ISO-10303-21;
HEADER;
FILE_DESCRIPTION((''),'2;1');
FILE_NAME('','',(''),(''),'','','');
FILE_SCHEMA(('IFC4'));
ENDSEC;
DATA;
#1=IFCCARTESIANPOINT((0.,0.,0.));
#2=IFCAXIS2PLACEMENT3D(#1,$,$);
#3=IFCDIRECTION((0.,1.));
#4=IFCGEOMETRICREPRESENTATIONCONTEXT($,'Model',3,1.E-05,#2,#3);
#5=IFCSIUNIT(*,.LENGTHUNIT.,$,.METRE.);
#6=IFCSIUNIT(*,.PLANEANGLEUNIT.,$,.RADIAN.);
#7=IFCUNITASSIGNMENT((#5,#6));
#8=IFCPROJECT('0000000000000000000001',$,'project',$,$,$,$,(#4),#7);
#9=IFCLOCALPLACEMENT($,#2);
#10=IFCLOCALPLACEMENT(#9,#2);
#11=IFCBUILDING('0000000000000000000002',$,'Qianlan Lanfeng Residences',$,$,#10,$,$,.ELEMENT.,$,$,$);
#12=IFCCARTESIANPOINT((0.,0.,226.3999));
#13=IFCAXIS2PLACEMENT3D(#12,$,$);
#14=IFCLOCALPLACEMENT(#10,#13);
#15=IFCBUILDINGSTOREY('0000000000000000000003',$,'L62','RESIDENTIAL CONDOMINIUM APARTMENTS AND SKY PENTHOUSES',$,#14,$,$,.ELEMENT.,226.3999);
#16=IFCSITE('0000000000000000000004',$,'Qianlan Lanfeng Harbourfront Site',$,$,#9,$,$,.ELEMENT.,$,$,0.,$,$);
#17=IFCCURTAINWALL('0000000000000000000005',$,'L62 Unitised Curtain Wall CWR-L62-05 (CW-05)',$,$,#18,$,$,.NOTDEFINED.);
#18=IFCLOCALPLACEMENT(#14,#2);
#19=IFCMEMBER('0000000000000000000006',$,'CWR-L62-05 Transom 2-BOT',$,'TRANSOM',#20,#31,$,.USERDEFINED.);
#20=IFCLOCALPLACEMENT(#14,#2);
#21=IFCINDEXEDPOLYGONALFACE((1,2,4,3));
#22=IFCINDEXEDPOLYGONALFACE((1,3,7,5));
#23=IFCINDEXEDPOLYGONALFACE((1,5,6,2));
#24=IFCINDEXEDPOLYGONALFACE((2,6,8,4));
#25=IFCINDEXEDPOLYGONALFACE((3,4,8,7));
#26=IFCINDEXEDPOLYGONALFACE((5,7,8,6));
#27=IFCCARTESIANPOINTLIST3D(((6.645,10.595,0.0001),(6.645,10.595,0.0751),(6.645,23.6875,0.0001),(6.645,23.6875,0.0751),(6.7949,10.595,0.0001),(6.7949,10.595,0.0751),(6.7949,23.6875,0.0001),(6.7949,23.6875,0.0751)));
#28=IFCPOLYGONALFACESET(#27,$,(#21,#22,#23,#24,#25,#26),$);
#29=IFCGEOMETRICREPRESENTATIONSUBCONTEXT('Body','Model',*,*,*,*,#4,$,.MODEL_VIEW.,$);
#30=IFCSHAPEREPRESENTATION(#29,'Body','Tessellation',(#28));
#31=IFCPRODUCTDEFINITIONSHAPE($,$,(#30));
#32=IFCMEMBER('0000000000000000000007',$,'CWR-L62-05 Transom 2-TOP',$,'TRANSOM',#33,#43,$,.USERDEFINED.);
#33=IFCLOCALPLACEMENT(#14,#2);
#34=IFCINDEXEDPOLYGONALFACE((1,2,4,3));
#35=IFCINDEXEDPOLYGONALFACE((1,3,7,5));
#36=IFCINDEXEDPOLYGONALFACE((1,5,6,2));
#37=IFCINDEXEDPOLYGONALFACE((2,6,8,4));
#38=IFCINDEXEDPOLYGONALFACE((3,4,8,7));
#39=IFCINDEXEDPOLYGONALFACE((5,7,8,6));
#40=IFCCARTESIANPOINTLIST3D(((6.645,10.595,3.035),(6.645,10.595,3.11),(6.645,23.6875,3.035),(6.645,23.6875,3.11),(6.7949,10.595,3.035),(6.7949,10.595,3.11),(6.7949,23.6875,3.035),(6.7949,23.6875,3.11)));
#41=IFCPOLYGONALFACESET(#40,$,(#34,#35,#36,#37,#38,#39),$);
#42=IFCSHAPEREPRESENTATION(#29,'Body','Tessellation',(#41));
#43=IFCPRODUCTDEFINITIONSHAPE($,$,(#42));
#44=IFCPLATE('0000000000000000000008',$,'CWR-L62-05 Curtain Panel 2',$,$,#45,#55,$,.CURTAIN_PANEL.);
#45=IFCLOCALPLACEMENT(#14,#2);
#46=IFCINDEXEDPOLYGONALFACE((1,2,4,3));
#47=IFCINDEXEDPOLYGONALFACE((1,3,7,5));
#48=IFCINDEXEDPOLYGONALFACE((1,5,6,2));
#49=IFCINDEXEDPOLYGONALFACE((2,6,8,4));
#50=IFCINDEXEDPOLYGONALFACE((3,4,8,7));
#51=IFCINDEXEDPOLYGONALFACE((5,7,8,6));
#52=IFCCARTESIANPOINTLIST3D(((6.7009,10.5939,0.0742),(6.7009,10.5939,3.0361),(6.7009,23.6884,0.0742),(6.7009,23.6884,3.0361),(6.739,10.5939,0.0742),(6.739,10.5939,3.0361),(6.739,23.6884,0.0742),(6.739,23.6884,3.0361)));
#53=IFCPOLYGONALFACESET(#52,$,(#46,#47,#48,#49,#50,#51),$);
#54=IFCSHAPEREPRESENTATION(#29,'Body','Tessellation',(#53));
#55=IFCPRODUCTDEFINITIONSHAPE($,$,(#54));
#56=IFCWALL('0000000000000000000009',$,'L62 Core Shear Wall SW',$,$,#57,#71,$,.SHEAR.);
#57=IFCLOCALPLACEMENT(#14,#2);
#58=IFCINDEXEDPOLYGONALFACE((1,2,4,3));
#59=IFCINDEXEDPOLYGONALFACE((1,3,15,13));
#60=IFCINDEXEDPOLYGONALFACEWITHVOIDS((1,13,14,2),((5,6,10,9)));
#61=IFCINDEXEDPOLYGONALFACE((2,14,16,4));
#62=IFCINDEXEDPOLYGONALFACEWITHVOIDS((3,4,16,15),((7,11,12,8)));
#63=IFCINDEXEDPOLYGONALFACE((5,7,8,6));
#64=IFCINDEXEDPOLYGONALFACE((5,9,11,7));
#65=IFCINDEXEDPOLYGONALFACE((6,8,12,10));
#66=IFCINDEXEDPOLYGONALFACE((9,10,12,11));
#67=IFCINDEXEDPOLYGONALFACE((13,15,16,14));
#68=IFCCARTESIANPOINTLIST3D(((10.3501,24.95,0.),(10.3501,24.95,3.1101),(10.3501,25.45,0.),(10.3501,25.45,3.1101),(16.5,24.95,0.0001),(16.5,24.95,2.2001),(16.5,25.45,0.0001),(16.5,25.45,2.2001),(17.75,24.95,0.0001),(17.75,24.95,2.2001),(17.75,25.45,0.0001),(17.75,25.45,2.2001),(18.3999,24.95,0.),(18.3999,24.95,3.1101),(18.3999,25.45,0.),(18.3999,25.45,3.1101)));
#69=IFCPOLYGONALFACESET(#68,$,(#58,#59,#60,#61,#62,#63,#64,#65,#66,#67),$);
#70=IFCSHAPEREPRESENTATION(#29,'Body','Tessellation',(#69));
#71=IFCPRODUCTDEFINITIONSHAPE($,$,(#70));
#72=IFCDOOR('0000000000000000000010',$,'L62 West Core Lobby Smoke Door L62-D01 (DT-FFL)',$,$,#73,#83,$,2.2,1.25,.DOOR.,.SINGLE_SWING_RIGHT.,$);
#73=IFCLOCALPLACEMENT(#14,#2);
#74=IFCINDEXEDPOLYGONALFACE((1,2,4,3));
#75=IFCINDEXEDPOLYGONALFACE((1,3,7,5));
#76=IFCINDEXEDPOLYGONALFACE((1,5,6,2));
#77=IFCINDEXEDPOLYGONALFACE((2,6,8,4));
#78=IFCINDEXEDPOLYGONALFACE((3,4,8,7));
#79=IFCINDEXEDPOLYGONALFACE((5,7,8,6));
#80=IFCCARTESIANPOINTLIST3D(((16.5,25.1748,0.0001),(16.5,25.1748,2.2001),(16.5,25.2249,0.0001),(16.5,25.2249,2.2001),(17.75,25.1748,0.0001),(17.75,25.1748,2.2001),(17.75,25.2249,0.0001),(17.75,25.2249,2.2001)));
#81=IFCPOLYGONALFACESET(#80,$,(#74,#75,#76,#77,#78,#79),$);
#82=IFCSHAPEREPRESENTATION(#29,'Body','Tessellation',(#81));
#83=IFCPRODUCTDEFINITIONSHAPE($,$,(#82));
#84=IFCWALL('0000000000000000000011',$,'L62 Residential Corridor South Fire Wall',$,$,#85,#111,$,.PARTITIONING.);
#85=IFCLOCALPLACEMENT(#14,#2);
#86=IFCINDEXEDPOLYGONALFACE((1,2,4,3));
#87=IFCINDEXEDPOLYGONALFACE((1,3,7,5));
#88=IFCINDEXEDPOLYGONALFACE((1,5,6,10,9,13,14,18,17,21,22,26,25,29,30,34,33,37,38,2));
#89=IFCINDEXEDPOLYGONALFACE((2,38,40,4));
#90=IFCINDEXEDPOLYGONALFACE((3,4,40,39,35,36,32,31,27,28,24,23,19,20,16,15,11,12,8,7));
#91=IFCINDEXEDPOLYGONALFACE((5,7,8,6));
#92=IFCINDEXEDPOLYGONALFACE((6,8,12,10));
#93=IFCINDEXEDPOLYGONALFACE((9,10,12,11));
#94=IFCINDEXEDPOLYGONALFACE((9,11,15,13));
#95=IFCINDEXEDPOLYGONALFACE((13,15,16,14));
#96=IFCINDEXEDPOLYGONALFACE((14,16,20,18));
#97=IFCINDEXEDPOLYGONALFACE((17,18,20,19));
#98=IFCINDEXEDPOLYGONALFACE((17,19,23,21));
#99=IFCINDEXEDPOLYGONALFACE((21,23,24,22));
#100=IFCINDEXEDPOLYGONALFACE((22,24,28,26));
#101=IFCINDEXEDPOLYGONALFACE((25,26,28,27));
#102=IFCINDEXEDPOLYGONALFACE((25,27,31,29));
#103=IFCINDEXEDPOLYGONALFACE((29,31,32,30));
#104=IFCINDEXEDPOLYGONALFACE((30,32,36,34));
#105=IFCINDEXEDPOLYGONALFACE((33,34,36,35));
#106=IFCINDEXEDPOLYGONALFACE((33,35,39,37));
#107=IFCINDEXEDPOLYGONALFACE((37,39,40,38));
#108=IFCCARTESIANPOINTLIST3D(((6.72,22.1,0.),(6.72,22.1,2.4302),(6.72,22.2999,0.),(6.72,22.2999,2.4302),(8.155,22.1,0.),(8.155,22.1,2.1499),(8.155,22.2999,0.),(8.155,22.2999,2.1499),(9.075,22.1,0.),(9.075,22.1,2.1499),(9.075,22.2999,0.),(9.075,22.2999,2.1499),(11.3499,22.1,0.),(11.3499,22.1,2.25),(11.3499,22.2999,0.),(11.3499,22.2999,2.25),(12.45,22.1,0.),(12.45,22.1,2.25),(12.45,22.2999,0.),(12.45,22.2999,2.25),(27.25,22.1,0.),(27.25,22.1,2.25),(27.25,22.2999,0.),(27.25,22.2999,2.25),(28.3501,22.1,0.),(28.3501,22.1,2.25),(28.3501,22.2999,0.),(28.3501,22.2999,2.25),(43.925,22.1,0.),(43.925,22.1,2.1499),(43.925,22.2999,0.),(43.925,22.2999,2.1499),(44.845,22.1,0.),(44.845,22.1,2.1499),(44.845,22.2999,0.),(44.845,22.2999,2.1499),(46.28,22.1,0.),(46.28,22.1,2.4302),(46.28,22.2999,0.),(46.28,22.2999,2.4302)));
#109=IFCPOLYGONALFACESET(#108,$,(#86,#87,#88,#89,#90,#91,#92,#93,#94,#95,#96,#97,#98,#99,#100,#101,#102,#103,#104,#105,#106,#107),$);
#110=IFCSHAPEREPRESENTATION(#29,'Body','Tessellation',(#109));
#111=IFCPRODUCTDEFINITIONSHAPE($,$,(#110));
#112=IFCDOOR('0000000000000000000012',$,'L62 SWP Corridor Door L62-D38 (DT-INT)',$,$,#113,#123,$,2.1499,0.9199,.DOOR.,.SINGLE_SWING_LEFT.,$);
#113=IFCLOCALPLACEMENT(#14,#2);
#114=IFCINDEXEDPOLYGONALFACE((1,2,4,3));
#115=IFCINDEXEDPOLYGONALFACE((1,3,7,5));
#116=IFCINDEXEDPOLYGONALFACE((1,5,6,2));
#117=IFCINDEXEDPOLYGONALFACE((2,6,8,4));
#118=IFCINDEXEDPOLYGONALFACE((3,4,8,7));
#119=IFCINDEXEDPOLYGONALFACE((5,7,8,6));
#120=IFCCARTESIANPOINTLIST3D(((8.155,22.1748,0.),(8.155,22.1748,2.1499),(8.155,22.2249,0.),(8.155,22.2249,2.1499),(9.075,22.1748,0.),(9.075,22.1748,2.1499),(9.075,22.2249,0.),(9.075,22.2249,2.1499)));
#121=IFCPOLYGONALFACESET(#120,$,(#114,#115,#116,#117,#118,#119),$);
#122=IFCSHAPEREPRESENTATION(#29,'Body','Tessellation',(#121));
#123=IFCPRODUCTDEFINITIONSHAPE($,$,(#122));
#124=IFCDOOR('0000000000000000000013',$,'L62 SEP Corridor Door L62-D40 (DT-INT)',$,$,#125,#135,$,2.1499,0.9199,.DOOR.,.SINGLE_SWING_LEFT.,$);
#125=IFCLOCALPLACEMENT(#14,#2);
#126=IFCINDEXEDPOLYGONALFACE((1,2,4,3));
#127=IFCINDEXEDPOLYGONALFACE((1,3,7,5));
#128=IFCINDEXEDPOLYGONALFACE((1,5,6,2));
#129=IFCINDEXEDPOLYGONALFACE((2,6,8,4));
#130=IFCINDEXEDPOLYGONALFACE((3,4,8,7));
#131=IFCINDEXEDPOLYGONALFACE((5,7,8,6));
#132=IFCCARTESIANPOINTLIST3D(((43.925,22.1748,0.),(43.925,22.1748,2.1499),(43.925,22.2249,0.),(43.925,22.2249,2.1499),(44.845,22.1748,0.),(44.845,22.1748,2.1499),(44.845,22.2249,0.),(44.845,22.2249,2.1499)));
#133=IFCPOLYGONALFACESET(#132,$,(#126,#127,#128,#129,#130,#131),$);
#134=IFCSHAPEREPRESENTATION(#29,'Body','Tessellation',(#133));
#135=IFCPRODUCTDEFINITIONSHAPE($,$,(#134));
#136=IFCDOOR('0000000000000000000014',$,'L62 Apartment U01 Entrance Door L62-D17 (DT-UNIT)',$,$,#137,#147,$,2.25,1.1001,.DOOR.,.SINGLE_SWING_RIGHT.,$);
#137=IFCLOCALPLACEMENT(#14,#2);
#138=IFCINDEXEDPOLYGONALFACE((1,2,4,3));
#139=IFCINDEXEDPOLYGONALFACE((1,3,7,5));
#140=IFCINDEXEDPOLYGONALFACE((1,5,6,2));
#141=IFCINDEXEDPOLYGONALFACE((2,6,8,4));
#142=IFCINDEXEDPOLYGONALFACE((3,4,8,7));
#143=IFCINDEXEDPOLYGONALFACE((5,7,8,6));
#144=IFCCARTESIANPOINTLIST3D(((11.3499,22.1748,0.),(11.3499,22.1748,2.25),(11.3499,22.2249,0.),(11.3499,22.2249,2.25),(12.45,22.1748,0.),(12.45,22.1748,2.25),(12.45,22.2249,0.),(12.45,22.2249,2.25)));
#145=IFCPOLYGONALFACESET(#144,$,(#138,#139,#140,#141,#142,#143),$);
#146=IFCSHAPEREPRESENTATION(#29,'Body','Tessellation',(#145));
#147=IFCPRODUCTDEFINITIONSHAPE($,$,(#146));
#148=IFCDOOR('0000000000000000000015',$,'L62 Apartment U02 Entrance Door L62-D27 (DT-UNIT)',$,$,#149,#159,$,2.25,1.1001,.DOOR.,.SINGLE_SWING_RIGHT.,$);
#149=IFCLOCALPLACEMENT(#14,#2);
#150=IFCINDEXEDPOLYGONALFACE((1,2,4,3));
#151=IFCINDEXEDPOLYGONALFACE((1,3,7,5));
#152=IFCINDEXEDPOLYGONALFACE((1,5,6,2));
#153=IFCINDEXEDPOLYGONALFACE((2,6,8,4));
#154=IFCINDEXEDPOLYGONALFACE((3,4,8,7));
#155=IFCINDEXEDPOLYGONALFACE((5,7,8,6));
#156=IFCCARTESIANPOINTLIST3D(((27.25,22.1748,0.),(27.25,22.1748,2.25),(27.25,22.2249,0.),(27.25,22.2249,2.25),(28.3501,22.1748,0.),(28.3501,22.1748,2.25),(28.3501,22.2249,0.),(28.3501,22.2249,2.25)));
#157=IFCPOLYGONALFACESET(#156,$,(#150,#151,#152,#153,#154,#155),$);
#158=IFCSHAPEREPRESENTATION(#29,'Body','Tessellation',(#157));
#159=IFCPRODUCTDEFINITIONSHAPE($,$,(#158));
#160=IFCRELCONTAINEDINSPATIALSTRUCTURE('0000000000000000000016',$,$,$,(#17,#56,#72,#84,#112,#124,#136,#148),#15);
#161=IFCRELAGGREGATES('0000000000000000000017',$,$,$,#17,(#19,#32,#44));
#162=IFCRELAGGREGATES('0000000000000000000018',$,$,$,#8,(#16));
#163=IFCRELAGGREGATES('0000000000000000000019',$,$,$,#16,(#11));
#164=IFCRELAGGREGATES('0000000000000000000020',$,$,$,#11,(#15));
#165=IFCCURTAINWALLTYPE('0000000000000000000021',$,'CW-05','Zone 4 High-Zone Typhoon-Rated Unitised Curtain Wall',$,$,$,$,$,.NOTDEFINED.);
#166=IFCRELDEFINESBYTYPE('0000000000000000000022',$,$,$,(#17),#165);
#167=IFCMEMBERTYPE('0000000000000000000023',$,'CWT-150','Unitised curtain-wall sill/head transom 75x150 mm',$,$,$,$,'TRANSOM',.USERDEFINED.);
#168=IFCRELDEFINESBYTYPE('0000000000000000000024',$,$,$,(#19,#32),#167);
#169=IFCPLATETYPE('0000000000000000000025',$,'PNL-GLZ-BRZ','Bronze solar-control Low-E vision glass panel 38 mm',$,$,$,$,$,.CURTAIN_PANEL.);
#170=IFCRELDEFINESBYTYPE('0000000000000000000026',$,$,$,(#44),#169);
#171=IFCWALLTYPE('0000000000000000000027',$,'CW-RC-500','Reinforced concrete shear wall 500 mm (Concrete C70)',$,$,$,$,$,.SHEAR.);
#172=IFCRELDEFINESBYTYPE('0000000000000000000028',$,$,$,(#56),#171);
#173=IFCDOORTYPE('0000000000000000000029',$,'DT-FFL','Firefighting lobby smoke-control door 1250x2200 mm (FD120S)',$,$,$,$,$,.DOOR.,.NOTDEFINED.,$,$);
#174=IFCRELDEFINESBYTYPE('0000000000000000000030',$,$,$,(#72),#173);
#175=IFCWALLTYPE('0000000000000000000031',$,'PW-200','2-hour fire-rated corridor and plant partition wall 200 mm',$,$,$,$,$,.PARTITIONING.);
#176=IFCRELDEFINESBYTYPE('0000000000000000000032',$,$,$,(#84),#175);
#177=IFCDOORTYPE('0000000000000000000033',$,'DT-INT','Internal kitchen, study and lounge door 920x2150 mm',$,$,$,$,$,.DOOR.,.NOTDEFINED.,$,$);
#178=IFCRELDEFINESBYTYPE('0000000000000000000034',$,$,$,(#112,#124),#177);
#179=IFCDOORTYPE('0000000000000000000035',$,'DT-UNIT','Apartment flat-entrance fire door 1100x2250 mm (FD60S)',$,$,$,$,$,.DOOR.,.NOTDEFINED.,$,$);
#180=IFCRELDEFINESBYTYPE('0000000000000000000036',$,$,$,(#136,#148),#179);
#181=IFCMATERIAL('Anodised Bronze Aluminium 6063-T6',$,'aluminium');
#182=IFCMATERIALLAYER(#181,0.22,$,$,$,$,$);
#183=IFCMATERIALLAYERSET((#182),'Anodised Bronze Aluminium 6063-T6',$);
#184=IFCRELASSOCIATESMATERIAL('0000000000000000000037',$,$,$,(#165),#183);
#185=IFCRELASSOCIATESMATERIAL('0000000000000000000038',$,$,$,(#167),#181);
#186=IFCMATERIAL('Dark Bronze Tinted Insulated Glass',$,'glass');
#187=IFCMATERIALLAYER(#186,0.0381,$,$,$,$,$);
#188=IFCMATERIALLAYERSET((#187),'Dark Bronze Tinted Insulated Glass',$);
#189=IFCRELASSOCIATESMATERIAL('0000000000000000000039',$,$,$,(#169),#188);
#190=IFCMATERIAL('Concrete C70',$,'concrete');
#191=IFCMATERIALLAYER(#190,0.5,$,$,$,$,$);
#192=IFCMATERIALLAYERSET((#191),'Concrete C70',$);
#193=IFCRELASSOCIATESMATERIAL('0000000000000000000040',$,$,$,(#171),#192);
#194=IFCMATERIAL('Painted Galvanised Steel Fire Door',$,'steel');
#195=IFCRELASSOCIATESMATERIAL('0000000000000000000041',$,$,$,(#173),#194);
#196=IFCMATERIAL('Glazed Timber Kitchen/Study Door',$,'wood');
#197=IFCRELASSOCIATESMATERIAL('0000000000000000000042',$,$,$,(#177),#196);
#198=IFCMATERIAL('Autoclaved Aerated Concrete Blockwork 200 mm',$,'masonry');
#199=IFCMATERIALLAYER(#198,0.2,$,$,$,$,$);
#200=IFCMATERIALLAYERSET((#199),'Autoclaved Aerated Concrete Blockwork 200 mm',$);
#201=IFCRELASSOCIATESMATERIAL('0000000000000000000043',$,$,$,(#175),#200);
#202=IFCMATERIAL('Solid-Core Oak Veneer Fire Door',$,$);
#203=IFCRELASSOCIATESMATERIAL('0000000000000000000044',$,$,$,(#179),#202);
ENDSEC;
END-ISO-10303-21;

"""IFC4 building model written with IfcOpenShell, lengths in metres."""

from ifc_helpers import new_model, si_unit, direction, frame, frame_2d, origin, origin_2d, place, context, subcontext, project, spatial, rectangle, extrude, source, transform, mapped, material, layer, layer_set, material_profile, profile_set, type_object, element, fill, aggregate, save


model = new_model("IFC4")

# Units and contexts
model_context = context("Model", 3, precision=1e-05, world=origin(), true_north=direction((0.0, 1.0)))
body_context = subcontext(model_context, "Body", "Model", "MODEL_VIEW")
ifc_project = project(units=[si_unit("LENGTHUNIT", "METRE"), si_unit("PLANEANGLEUNIT", "RADIAN")], contexts=[model_context])

# Site, building, storey
site_placement = place(None, origin())
site = spatial("IfcSite", under=ifc_project, at=site_placement, Name="Qianlan Lanfeng Harbourfront Site", CompositionType="ELEMENT", RefElevation=0.0)
building_placement = place(site_placement, origin())
building = spatial("IfcBuilding", under=site, at=building_placement, Name="Qianlan Lanfeng Residences", CompositionType="ELEMENT")
storey_placement = place(building_placement, frame((0.0, 0.0, 226.3999)))
storey = spatial("IfcBuildingStorey", under=building, at=storey_placement, Name="L62", Description="RESIDENTIAL CONDOMINIUM APARTMENTS AND SKY PENTHOUSES", CompositionType="ELEMENT", Elevation=226.3999)

# Curtain wall, members, plate
ifc_material_1 = material(Name="Anodised Bronze Aluminium 6063-T6", Category="aluminium")
ifc_layer_1 = layer(ifc_material_1, 0.22)
ifc_layer_set_1 = layer_set([ifc_layer_1], Name="Anodised Bronze Aluminium 6063-T6")
curtain_wall_type = type_object("IfcCurtainWallType", Name="CW-05", Description="Zone 4 High-Zone Typhoon-Rated Unitised Curtain Wall", PredefinedType="NOTDEFINED", material=ifc_layer_set_1)
curtain_wall_placement = place(storey_placement, origin())
curtain_wall = element("IfcCurtainWall", 1, at=curtain_wall_placement, inside=storey, type_object=curtain_wall_type, Name="L62 Unitised Curtain Wall CWR-L62-05 (CW-05)", PredefinedType="NOTDEFINED")
ifc_material_profile_1 = material_profile(ifc_material_1, rectangle(XDim=0.075, YDim=0.1499, at=origin_2d()), Name="ALU TRANSOM 75x150")
ifc_profile_set_1 = profile_set([ifc_material_profile_1], Name="Anodised Bronze Aluminium 6063-T6")
member_type_1 = type_object("IfcMemberType", Name="CWT-150", Description="Unitised curtain-wall sill/head transom 75x150 mm", ElementType="TRANSOM", PredefinedType="USERDEFINED", material=ifc_profile_set_1)
shared_shape_1 = source(origin(), body_context, "Body", "SweptSolid", [
    extrude(rectangle(XDim=0.075, YDim=0.1499, at=origin_2d()), origin(), (0.0, 0.0, 1.0), 13.0925),
])
member_1_placement = place(storey_placement, frame((6.72, 23.6875, 0.0376), z_axis=(0.0, -1.0, 0.0), x_axis=(0.0, 0.0, 1.0)))
member_1 = element("IfcMember", 2, at=member_1_placement, type_object=member_type_1, Name="CWR-L62-05 Transom 2-BOT", ObjectType="TRANSOM", PredefinedType="USERDEFINED", context=body_context, shape_type="MappedRepresentation", body=[
    mapped(shared_shape_1, transform((0.0, 0.0, 0.0), scale=1.0)),
])
member_2_placement = place(storey_placement, frame((6.72, 23.6875, 3.0725), z_axis=(0.0, -1.0, 0.0), x_axis=(0.0, 0.0, 1.0)))
member_2 = element("IfcMember", 3, at=member_2_placement, type_object=member_type_1, Name="CWR-L62-05 Transom 2-TOP", ObjectType="TRANSOM", PredefinedType="USERDEFINED", context=body_context, shape_type="MappedRepresentation", body=[
    mapped(shared_shape_1, transform((0.0, 0.0, 0.0), scale=1.0)),
])
ifc_material_2 = material(Name="Dark Bronze Tinted Insulated Glass", Category="glass")
ifc_layer_2 = layer(ifc_material_2, 0.0381)
ifc_layer_set_2 = layer_set([ifc_layer_2], Name="Dark Bronze Tinted Insulated Glass")
plate_type = type_object("IfcPlateType", Name="PNL-GLZ-BRZ", Description="Bronze solar-control Low-E vision glass panel 38 mm", PredefinedType="CURTAIN_PANEL", material=ifc_layer_set_2)
shared_shape_2 = source(origin(), body_context, "Body", "SweptSolid", [
    extrude(rectangle(XDim=13.0945, YDim=0.0381, at=origin_2d()), origin(), (0.0, 0.0, 1.0), 2.9619),
])
plate_placement = place(storey_placement, frame((6.72, 17.1411, 0.0742), z_axis=(0.0, 0.0, 1.0), x_axis=(0.0, -1.0, 0.0)))
plate = element("IfcPlate", 4, at=plate_placement, type_object=plate_type, Name="CWR-L62-05 Curtain Panel 2", PredefinedType="CURTAIN_PANEL", context=body_context, shape_type="MappedRepresentation", body=[
    mapped(shared_shape_2, transform((0.0, 0.0, 0.0), scale=1.0)),
])
aggregate(curtain_wall, [member_1, member_2, plate])

# Wall, opening, door
ifc_material_3 = material(Name="Concrete C70", Category="concrete")
ifc_layer_3 = layer(ifc_material_3, 0.5)
ifc_layer_set_3 = layer_set([ifc_layer_3], Name="Concrete C70")
wall_type_1 = type_object("IfcWallType", Name="CW-RC-500", Description="Reinforced concrete shear wall 500 mm (Concrete C70)", PredefinedType="SHEAR", material=ifc_layer_set_3)
wall_1_placement = place(storey_placement, frame((10.3501, 25.2, 0.0), z_axis=(0.0, 0.0, 1.0), x_axis=(1.0, 0.0, 0.0)))
wall_1 = element("IfcWall", 5, at=wall_1_placement, inside=storey, type_object=wall_type_1, Name="L62 Core Shear Wall SW", PredefinedType="SHEAR", context=body_context, shape_type="SweptSolid", body=[
    extrude(rectangle(XDim=8.0498, YDim=0.5, at=frame_2d((4.0249, 0.0))), origin(), (0.0, 0.0, 1.0), 3.1101),
])
opening_1_placement = place(wall_1_placement, frame((6.1499, 0.0, 0.0)))
opening_1 = element("IfcOpeningElement", 6, at=opening_1_placement, cuts=wall_1, PredefinedType="OPENING", context=body_context, shape_type="SweptSolid", body=[
    extrude(rectangle(XDim=1.25, YDim=2.2, at=frame_2d((0.625, 1.1001))), frame((0.0, 0.26, 0.0), z_axis=(0.0, -1.0, 0.0), x_axis=(1.0, 0.0, 0.0)), (0.0, 0.0, 1.0), 0.52),
])
ifc_material_4 = material(Name="Painted Galvanised Steel Fire Door", Category="steel")
door_type_1 = type_object("IfcDoorType", Name="DT-FFL", Description="Firefighting lobby smoke-control door 1250x2200 mm (FD120S)", OperationType="NOTDEFINED", PredefinedType="DOOR", material=ifc_material_4)
door_1_placement = place(opening_1_placement, origin())
door_1 = element("IfcDoor", 7, at=door_1_placement, inside=storey, type_object=door_type_1, Name="L62 West Core Lobby Smoke Door L62-D01 (DT-FFL)", OperationType="SINGLE_SWING_RIGHT", OverallHeight=2.2, OverallWidth=1.25, PredefinedType="DOOR", context=body_context, shape_type="SweptSolid", body=[
    extrude(rectangle(XDim=1.25, YDim=2.2, at=frame_2d((0.625, 1.1001))), frame((0.0, 0.0249, 0.0), z_axis=(0.0, -1.0, 0.0), x_axis=(1.0, 0.0, 0.0)), (0.0, 0.0, 1.0), 0.05),
])
fill(opening_1, door_1)
ifc_material_5 = material(Name="Glazed Timber Kitchen/Study Door", Category="wood")
door_type_2 = type_object("IfcDoorType", Name="DT-INT", Description="Internal kitchen, study and lounge door 920x2150 mm", OperationType="NOTDEFINED", PredefinedType="DOOR", material=ifc_material_5)

# Wall, openings, doors
ifc_material_6 = material(Name="Autoclaved Aerated Concrete Blockwork 200 mm", Category="masonry")
ifc_layer_4 = layer(ifc_material_6, 0.2)
ifc_layer_set_4 = layer_set([ifc_layer_4], Name="Autoclaved Aerated Concrete Blockwork 200 mm")
wall_type_2 = type_object("IfcWallType", Name="PW-200", Description="2-hour fire-rated corridor and plant partition wall 200 mm", PredefinedType="PARTITIONING", material=ifc_layer_set_4)
wall_2_placement = place(storey_placement, frame((6.72, 22.2, 0.0), z_axis=(0.0, 0.0, 1.0), x_axis=(1.0, 0.0, 0.0)))
wall_2 = element("IfcWall", 8, at=wall_2_placement, inside=storey, type_object=wall_type_2, Name="L62 Residential Corridor South Fire Wall", PredefinedType="PARTITIONING", context=body_context, shape_type="SweptSolid", body=[
    extrude(rectangle(XDim=39.5601, YDim=0.2, at=frame_2d((19.78, 0.0))), origin(), (0.0, 0.0, 1.0), 2.4302),
])
opening_2_placement = place(wall_2_placement, frame((4.6299, 0.0, 0.0)))
opening_2 = element("IfcOpeningElement", 9, at=opening_2_placement, cuts=wall_2, PredefinedType="OPENING", context=body_context, shape_type="SweptSolid", body=[
    extrude(rectangle(XDim=1.1001, YDim=2.25, at=frame_2d((0.55, 1.125))), frame((0.0, 0.1099, 0.0), z_axis=(0.0, -1.0, 0.0), x_axis=(1.0, 0.0, 0.0)), (0.0, 0.0, 1.0), 0.22),
])
opening_3_placement = place(wall_2_placement, frame((20.53, 0.0, 0.0)))
opening_3 = element("IfcOpeningElement", 10, at=opening_3_placement, cuts=wall_2, PredefinedType="OPENING", context=body_context, shape_type="SweptSolid", body=[
    extrude(rectangle(XDim=1.1001, YDim=2.25, at=frame_2d((0.55, 1.125))), frame((0.0, 0.1099, 0.0), z_axis=(0.0, -1.0, 0.0), x_axis=(1.0, 0.0, 0.0)), (0.0, 0.0, 1.0), 0.22),
])
opening_4_placement = place(wall_2_placement, frame((1.4351, 0.0, 0.0)))
opening_4 = element("IfcOpeningElement", 11, at=opening_4_placement, cuts=wall_2, PredefinedType="OPENING", context=body_context, shape_type="SweptSolid", body=[
    extrude(rectangle(XDim=0.9199, YDim=2.1499, at=frame_2d((0.46, 1.075))), frame((0.0, 0.1099, 0.0), z_axis=(0.0, -1.0, 0.0), x_axis=(1.0, 0.0, 0.0)), (0.0, 0.0, 1.0), 0.22),
])
opening_5_placement = place(wall_2_placement, frame((37.2051, 0.0, 0.0)))
opening_5 = element("IfcOpeningElement", 12, at=opening_5_placement, cuts=wall_2, PredefinedType="OPENING", context=body_context, shape_type="SweptSolid", body=[
    extrude(rectangle(XDim=0.9199, YDim=2.1499, at=frame_2d((0.46, 1.075))), frame((0.0, 0.1099, 0.0), z_axis=(0.0, -1.0, 0.0), x_axis=(1.0, 0.0, 0.0)), (0.0, 0.0, 1.0), 0.22),
])
door_2_placement = place(opening_4_placement, origin())
door_2 = element("IfcDoor", 13, at=door_2_placement, inside=storey, type_object=door_type_2, Name="L62 SWP Corridor Door L62-D38 (DT-INT)", OperationType="SINGLE_SWING_LEFT", OverallHeight=2.1499, OverallWidth=0.9199, PredefinedType="DOOR", context=body_context, shape_type="SweptSolid", body=[
    extrude(rectangle(XDim=0.9199, YDim=2.1499, at=frame_2d((0.46, 1.075))), frame((0.0, 0.0249, 0.0), z_axis=(0.0, -1.0, 0.0), x_axis=(1.0, 0.0, 0.0)), (0.0, 0.0, 1.0), 0.05),
])
fill(opening_4, door_2)
door_3_placement = place(opening_5_placement, origin())
door_3 = element("IfcDoor", 14, at=door_3_placement, inside=storey, type_object=door_type_2, Name="L62 SEP Corridor Door L62-D40 (DT-INT)", OperationType="SINGLE_SWING_LEFT", OverallHeight=2.1499, OverallWidth=0.9199, PredefinedType="DOOR", context=body_context, shape_type="SweptSolid", body=[
    extrude(rectangle(XDim=0.9199, YDim=2.1499, at=frame_2d((0.46, 1.075))), frame((0.0, 0.0249, 0.0), z_axis=(0.0, -1.0, 0.0), x_axis=(1.0, 0.0, 0.0)), (0.0, 0.0, 1.0), 0.05),
])
fill(opening_5, door_3)
ifc_material_7 = material(Name="Solid-Core Oak Veneer Fire Door")
door_type_3 = type_object("IfcDoorType", Name="DT-UNIT", Description="Apartment flat-entrance fire door 1100x2250 mm (FD60S)", OperationType="NOTDEFINED", PredefinedType="DOOR", material=ifc_material_7)
door_4_placement = place(opening_2_placement, origin())
door_4 = element("IfcDoor", 15, at=door_4_placement, inside=storey, type_object=door_type_3, Name="L62 Apartment U01 Entrance Door L62-D17 (DT-UNIT)", OperationType="SINGLE_SWING_RIGHT", OverallHeight=2.25, OverallWidth=1.1001, PredefinedType="DOOR", context=body_context, shape_type="SweptSolid", body=[
    extrude(rectangle(XDim=1.1001, YDim=2.25, at=frame_2d((0.55, 1.125))), frame((0.0, 0.0249, 0.0), z_axis=(0.0, -1.0, 0.0), x_axis=(1.0, 0.0, 0.0)), (0.0, 0.0, 1.0), 0.05),
])
fill(opening_2, door_4)
door_5_placement = place(opening_3_placement, origin())
door_5 = element("IfcDoor", 16, at=door_5_placement, inside=storey, type_object=door_type_3, Name="L62 Apartment U02 Entrance Door L62-D27 (DT-UNIT)", OperationType="SINGLE_SWING_RIGHT", OverallHeight=2.25, OverallWidth=1.1001, PredefinedType="DOOR", context=body_context, shape_type="SweptSolid", body=[
    extrude(rectangle(XDim=1.1001, YDim=2.25, at=frame_2d((0.55, 1.125))), frame((0.0, 0.0249, 0.0), z_axis=(0.0, -1.0, 0.0), x_axis=(1.0, 0.0, 0.0)), (0.0, 0.0, 1.0), 0.05),
])
fill(opening_3, door_5)

save(model, "model.ifc")
